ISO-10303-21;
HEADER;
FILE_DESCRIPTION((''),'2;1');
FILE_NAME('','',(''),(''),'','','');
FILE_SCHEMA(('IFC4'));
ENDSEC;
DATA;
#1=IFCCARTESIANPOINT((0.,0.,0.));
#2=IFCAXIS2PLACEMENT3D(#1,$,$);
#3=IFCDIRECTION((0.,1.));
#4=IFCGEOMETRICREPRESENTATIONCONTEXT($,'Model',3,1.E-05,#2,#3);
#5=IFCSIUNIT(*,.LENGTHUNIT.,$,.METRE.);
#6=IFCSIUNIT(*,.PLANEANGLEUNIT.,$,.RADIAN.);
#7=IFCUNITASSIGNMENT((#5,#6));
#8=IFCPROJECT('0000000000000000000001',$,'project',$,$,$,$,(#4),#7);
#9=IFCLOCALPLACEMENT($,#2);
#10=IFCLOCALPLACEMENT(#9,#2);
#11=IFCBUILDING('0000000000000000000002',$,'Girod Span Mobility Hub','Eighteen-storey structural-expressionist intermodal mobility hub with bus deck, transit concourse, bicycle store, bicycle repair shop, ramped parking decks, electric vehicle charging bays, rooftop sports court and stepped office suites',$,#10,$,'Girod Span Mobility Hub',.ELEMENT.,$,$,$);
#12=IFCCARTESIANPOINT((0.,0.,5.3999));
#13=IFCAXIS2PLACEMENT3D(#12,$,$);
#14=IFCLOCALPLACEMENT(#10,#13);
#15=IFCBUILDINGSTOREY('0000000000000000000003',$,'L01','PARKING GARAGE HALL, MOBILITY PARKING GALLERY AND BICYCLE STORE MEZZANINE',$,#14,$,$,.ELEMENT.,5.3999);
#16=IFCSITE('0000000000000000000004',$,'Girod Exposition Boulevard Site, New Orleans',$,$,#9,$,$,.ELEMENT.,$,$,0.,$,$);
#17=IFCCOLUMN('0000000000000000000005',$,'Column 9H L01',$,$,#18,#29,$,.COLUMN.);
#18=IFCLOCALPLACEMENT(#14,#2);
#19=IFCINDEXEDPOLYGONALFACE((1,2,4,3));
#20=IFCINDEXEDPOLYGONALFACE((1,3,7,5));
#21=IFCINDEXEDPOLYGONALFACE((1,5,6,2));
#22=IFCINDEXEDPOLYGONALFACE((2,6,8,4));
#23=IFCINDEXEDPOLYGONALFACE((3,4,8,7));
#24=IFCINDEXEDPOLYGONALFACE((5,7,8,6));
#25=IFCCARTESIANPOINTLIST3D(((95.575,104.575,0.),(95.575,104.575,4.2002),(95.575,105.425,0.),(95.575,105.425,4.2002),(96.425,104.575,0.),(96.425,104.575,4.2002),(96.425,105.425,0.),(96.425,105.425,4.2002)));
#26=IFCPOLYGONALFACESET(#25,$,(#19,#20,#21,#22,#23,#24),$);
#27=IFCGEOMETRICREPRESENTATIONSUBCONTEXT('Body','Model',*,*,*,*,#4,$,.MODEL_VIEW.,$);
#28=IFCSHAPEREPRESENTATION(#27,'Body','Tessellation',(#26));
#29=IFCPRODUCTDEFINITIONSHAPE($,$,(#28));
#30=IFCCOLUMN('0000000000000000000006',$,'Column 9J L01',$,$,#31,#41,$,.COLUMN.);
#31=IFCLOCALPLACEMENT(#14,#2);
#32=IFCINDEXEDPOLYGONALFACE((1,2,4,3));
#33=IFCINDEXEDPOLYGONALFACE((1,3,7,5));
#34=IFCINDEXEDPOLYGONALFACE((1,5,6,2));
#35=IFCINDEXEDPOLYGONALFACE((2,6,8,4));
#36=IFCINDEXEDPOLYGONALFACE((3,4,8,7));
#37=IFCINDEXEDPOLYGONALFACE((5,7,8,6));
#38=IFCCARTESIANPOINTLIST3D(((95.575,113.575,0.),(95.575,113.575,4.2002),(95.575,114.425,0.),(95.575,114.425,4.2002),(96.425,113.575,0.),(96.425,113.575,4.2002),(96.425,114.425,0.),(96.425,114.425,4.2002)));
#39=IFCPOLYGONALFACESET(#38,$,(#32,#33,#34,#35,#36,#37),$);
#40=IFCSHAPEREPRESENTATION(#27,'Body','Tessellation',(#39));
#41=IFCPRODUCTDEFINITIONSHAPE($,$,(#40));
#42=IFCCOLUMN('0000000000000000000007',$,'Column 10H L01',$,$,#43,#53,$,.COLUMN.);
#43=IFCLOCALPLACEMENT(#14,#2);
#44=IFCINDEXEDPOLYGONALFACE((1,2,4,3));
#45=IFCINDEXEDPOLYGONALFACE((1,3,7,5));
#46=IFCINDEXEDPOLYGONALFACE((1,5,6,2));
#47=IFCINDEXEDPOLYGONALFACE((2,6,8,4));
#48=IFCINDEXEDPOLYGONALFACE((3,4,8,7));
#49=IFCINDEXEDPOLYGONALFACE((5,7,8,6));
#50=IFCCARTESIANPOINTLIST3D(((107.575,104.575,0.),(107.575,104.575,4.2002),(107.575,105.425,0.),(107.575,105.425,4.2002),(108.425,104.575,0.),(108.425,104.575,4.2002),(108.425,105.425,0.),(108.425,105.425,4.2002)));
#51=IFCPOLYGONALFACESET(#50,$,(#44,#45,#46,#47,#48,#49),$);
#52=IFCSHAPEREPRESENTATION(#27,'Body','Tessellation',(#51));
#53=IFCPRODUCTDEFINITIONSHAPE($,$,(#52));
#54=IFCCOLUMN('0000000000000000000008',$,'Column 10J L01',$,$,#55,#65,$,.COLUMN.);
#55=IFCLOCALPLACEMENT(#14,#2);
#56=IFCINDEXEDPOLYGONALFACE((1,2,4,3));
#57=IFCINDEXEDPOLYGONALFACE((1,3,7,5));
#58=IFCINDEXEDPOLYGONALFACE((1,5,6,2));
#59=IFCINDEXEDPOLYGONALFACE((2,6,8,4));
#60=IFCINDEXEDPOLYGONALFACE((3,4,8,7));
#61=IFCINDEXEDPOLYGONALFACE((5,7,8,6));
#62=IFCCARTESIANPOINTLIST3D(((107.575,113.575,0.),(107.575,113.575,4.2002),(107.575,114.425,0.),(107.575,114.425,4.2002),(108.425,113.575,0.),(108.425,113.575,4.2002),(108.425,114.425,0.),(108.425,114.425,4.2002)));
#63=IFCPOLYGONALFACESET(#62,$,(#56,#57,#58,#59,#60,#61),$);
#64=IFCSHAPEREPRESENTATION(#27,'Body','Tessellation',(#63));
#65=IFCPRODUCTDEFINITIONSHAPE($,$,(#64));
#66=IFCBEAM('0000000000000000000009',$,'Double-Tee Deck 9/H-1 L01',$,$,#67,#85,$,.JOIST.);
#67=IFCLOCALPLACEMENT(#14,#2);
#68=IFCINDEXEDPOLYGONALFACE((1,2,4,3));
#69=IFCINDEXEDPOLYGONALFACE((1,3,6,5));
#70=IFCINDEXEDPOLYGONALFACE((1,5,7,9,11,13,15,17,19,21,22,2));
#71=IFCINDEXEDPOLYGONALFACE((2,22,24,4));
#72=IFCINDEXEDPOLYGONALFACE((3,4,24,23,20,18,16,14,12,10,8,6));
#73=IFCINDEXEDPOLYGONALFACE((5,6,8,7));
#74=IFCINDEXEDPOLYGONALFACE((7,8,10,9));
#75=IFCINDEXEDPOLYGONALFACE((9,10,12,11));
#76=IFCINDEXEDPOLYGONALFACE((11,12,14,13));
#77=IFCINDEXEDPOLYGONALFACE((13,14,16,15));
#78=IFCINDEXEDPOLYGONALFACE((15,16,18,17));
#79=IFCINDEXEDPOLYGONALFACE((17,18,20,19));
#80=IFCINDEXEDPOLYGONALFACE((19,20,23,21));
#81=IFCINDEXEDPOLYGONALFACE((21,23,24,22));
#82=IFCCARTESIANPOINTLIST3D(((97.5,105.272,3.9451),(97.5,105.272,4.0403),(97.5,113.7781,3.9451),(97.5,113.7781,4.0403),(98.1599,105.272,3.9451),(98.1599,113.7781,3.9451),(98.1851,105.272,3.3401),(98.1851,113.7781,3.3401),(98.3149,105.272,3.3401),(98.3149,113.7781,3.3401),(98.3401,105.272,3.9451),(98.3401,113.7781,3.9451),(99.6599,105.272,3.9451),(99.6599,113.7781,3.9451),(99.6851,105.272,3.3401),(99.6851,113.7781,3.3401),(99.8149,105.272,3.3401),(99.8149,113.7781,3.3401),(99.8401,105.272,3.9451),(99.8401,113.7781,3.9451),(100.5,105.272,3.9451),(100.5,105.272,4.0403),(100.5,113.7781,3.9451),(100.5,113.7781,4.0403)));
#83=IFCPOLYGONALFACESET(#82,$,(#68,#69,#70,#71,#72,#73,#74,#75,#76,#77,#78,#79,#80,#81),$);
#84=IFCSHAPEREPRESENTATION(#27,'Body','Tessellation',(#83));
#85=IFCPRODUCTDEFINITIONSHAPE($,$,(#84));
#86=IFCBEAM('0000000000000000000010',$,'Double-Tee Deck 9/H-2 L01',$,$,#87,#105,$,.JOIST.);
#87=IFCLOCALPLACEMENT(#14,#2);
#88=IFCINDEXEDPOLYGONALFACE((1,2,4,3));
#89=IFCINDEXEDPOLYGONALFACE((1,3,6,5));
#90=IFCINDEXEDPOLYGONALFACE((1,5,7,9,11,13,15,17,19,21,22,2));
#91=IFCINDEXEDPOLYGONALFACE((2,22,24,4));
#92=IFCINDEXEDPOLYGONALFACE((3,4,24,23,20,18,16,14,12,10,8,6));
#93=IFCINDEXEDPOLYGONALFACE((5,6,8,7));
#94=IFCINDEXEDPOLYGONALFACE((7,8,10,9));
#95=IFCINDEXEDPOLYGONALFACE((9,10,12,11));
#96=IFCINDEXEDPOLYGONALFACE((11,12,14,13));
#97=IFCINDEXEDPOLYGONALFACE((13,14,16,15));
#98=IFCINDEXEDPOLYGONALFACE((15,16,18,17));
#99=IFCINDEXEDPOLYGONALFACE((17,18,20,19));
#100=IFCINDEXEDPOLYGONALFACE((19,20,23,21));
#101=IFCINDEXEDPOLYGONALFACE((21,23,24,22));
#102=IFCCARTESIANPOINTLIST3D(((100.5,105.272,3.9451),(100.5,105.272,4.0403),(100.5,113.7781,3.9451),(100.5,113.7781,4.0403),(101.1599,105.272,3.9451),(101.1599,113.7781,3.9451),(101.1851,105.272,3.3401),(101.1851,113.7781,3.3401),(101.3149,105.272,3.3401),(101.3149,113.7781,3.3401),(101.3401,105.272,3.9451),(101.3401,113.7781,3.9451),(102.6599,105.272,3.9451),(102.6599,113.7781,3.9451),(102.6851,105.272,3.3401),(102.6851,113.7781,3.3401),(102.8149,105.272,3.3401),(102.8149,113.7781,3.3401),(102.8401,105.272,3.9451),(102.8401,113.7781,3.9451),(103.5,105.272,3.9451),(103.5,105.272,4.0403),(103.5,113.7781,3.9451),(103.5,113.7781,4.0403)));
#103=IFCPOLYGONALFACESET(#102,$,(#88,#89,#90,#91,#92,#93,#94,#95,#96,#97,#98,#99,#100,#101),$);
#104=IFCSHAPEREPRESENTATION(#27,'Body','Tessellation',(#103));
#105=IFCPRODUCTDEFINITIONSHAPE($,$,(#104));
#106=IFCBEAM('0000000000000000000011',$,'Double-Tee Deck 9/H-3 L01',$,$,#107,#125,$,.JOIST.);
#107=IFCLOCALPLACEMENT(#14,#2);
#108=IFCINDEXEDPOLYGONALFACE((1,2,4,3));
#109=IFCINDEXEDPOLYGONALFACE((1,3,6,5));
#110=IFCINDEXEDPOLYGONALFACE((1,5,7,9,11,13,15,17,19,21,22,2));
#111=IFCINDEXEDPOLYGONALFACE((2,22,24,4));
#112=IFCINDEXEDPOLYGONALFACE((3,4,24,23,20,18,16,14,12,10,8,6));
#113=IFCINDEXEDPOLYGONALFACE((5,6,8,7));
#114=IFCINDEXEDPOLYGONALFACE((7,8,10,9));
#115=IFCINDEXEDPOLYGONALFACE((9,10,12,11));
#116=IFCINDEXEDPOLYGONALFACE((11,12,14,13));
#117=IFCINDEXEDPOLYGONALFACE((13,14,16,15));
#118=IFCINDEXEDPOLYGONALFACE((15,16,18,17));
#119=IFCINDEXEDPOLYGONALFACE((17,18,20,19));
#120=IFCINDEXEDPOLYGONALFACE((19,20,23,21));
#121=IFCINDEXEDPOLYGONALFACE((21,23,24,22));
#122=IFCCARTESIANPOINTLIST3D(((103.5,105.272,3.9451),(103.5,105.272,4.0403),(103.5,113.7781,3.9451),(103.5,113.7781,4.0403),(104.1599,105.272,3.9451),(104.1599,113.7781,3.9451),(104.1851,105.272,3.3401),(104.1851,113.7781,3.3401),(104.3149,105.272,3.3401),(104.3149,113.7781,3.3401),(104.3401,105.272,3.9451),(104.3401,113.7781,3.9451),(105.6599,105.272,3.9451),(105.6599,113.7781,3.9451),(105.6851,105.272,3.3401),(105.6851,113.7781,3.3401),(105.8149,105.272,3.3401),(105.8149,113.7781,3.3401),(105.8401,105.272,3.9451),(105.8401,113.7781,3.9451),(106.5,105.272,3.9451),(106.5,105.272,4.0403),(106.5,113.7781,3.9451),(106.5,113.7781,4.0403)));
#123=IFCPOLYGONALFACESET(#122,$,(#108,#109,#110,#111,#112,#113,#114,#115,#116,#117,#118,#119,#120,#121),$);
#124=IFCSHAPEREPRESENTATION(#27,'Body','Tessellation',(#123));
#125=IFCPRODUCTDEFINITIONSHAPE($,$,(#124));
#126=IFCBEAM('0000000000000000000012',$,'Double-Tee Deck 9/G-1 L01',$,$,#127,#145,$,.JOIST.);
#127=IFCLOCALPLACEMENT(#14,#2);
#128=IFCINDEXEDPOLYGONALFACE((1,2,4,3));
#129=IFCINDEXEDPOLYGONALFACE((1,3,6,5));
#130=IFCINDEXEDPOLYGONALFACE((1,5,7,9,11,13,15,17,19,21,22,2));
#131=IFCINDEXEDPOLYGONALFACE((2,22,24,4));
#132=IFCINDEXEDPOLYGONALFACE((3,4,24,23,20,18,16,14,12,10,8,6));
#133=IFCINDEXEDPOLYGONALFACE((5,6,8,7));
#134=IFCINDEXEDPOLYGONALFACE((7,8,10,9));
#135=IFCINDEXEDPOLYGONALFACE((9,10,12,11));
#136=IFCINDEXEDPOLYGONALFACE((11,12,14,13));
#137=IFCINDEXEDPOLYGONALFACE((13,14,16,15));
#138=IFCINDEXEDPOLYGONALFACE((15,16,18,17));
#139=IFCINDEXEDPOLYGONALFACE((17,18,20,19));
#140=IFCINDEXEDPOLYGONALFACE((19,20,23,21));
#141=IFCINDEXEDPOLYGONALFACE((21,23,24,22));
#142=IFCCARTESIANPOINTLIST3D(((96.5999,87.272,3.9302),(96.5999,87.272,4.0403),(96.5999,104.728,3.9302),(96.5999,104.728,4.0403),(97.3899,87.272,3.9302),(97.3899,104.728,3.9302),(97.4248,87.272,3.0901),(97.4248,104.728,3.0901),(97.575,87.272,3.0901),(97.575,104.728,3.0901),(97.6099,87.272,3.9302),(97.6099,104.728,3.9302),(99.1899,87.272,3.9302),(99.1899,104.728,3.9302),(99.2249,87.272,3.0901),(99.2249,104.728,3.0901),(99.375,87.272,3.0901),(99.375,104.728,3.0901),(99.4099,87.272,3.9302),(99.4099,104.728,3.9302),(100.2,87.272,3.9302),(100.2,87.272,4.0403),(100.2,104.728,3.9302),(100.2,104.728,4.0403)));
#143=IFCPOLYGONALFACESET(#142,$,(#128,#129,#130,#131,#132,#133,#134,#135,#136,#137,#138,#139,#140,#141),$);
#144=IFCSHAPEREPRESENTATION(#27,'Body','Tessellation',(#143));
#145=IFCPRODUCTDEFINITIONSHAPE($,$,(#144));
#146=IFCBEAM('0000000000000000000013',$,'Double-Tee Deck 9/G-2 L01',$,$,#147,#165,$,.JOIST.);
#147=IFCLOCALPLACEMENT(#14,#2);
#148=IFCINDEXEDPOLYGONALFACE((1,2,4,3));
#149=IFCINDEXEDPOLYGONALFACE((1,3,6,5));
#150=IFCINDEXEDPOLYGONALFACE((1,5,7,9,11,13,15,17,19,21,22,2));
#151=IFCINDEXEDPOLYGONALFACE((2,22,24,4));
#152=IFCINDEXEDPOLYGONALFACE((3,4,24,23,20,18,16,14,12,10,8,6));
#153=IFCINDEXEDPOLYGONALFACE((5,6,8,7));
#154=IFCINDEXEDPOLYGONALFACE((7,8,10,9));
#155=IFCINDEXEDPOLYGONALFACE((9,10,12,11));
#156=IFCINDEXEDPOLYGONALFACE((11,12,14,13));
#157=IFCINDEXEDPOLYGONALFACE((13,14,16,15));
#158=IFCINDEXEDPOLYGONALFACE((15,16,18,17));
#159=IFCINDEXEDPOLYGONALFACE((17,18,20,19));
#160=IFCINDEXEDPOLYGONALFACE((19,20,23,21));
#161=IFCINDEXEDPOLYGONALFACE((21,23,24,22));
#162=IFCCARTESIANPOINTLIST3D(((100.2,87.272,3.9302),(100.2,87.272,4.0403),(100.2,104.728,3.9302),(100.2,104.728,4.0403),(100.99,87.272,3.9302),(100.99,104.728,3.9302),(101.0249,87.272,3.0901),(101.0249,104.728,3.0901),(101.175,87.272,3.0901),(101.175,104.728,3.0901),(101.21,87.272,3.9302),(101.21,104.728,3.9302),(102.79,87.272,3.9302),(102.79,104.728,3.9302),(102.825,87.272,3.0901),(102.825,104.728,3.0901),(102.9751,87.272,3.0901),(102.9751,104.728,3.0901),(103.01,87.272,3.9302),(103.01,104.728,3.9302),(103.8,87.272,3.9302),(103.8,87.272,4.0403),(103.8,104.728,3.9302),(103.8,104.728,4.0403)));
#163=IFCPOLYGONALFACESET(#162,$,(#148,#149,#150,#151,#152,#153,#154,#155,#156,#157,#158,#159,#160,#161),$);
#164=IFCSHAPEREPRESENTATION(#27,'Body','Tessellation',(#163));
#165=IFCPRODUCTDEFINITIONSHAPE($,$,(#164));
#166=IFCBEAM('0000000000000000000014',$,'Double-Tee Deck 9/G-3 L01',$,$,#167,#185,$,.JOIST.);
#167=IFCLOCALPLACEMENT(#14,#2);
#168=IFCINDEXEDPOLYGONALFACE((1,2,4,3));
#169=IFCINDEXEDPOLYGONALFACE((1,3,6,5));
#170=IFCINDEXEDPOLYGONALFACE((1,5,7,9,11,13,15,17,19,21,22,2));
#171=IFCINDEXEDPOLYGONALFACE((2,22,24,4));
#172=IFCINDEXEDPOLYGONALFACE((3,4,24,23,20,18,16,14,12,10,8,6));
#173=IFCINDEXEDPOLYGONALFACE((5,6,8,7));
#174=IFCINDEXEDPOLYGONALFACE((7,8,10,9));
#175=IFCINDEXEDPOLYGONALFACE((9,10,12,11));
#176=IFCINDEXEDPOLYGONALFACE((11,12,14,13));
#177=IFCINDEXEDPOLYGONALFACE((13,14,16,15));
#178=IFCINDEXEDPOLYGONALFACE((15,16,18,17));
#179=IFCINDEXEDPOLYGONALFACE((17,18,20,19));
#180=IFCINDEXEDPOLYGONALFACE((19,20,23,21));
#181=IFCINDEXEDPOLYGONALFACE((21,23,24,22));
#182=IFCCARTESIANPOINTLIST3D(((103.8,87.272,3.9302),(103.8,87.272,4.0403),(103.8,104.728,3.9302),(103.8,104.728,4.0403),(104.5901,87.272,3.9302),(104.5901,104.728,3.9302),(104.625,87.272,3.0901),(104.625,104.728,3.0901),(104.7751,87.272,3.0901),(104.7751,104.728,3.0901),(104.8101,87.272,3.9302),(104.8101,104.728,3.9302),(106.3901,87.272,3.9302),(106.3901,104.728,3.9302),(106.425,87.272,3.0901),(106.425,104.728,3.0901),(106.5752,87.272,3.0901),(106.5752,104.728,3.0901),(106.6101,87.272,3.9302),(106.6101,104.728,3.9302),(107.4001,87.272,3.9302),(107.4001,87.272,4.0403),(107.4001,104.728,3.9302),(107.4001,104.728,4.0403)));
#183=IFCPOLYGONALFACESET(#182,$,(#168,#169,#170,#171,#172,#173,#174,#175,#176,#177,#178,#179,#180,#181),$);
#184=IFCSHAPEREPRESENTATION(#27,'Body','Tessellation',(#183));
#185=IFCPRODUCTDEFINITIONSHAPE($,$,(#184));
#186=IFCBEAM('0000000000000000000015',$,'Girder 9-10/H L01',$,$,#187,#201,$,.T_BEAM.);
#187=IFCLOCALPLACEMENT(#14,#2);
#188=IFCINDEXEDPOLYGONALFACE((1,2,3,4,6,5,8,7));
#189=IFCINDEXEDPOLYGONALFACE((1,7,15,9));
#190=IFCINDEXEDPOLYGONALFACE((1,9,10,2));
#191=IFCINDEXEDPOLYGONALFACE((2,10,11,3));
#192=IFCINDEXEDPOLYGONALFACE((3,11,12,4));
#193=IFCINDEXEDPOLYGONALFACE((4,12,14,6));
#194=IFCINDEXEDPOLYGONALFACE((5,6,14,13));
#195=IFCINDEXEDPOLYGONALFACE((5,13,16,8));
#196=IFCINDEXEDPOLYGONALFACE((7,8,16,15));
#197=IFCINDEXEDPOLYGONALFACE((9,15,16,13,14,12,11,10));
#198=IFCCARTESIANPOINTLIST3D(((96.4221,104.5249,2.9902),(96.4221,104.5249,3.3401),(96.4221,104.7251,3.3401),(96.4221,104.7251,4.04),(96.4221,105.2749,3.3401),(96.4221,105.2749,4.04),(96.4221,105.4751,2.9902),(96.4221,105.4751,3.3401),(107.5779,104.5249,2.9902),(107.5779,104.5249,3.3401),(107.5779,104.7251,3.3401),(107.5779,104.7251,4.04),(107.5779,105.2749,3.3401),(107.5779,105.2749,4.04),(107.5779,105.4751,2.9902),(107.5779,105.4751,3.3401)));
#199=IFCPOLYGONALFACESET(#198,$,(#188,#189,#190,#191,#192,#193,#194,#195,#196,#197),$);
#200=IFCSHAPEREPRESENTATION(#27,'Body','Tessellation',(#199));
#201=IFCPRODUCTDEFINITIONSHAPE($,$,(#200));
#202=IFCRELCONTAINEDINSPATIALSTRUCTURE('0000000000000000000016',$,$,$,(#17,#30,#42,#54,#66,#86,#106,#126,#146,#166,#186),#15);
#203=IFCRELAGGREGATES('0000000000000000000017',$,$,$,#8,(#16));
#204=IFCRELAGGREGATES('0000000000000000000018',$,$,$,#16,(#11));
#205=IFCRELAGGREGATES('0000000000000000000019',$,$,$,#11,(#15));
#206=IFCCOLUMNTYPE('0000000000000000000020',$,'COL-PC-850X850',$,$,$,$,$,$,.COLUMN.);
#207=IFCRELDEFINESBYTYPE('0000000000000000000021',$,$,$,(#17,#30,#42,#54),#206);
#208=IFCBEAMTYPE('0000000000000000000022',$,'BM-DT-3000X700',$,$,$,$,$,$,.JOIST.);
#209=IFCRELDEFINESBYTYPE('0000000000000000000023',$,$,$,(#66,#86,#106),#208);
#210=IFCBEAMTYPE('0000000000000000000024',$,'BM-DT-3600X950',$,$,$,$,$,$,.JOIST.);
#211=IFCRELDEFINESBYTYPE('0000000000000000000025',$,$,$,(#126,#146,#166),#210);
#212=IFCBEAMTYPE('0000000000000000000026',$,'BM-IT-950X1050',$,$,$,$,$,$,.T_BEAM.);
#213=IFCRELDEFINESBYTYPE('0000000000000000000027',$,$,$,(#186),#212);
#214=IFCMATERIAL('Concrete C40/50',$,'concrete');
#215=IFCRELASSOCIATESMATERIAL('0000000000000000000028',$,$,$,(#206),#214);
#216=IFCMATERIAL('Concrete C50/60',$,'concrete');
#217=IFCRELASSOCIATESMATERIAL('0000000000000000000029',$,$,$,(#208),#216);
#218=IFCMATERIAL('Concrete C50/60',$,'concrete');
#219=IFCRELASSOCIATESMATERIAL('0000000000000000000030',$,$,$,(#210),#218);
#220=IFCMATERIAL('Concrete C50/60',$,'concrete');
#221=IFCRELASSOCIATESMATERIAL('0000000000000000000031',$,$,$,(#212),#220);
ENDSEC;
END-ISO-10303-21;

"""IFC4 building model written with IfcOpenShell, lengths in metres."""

from ifc_helpers import new_model, si_unit, direction, frame, origin, origin_2d, place, context, subcontext, project, spatial, polyline, rectangle, outline, extrude, material, material_profile, profile_set, type_object, element, save


model = new_model("IFC4")

# Units and contexts
model_context = context("Model", 3, precision=1e-05, world=origin(), true_north=direction((0.0, 1.0)))
body_context = subcontext(model_context, "Body", "Model", "MODEL_VIEW")
ifc_project = project(units=[si_unit("LENGTHUNIT", "METRE"), si_unit("PLANEANGLEUNIT", "RADIAN")], contexts=[model_context])

# Site, building, storey
site_placement = place(None, origin())
site = spatial("IfcSite", under=ifc_project, at=site_placement, Name="Girod Exposition Boulevard Site, New Orleans", CompositionType="ELEMENT", RefElevation=0.0)
building_placement = place(site_placement, origin())
building = spatial("IfcBuilding", under=site, at=building_placement, Name="Girod Span Mobility Hub", Description="Eighteen-storey structural-expressionist intermodal mobility hub with bus deck, transit concourse, bicycle store, bicycle repair shop, ramped parking decks, electric vehicle charging bays, rooftop sports court and stepped office suites", LongName="Girod Span Mobility Hub", CompositionType="ELEMENT")
storey_placement = place(building_placement, frame((0.0, 0.0, 5.3999)))
storey = spatial("IfcBuildingStorey", under=building, at=storey_placement, Name="L01", Description="PARKING GARAGE HALL, MOBILITY PARKING GALLERY AND BICYCLE STORE MEZZANINE", CompositionType="ELEMENT", Elevation=5.3999)

# Columns
ifc_material_1 = material(Name="Concrete C40/50", Category="concrete")
ifc_material_profile_1 = material_profile(ifc_material_1, rectangle(XDim=0.8501, YDim=0.8501, at=origin_2d()), Name="PC-COL-850X850")
ifc_profile_set_1 = profile_set([ifc_material_profile_1], Name="Concrete C40/50")
column_type = type_object("IfcColumnType", Name="COL-PC-850X850", PredefinedType="COLUMN", material=ifc_profile_set_1)
for number, where, z_axis, x_axis, name in (
    (1, (96.0, 105.0, 0.0), (0.0, 0.0, 1.0), (1.0, 0.0, 0.0), "Column 9H L01"),
    (2, (96.0, 114.0, 0.0), (0.0, 0.0, 1.0), (1.0, 0.0, 0.0), "Column 9J L01"),
    (3, (108.0, 105.0, 0.0), (0.0, 0.0, 1.0), (1.0, 0.0, 0.0), "Column 10H L01"),
    (4, (108.0, 114.0, 0.0), (0.0, 0.0, 1.0), (1.0, 0.0, 0.0), "Column 10J L01"),
):
    element("IfcColumn", number, at=place(storey_placement, frame(where, z_axis=z_axis, x_axis=x_axis)), inside=storey, type_object=column_type, Name=name, PredefinedType="COLUMN", context=body_context, shape_type="SweptSolid", body=[
        extrude(rectangle(XDim=0.8501, YDim=0.8501, at=origin_2d()), origin(), (0.0, 0.0, 1.0), 4.2002),
    ])

# Beams
ifc_material_2 = material(Name="Concrete C50/60", Category="concrete")
ifc_material_profile_2 = material_profile(ifc_material_2, outline(polyline([(-1.5, 0.3501), (-1.5, 0.2549), (-0.8401, 0.2549), (-0.8149, -0.3501), (-0.6851, -0.3501), (-0.6599, 0.2549), (0.6599, 0.2549), (0.6851, -0.3501), (0.8149, -0.3501), (0.8401, 0.2549), (1.5, 0.2549), (1.5, 0.3501), (-1.5, 0.3501)])), Name="DT-3000X700")
ifc_profile_set_2 = profile_set([ifc_material_profile_2], Name="Concrete C50/60")
beam_type_1 = type_object("IfcBeamType", Name="BM-DT-3000X700", PredefinedType="JOIST", material=ifc_profile_set_2)
for number, where, z_axis, x_axis, name in (
    (5, (99.0, 105.272, 3.6902), (0.0, 1.0, 0.0), (-1.0, 0.0, 0.0), "Double-Tee Deck 9/H-1 L01"),
    (6, (102.0, 105.272, 3.6902), (0.0, 1.0, 0.0), (-1.0, 0.0, 0.0), "Double-Tee Deck 9/H-2 L01"),
    (7, (105.0, 105.272, 3.6902), (0.0, 1.0, 0.0), (-1.0, 0.0, 0.0), "Double-Tee Deck 9/H-3 L01"),
):
    element("IfcBeam", number, at=place(storey_placement, frame(where, z_axis=z_axis, x_axis=x_axis)), inside=storey, type_object=beam_type_1, Name=name, PredefinedType="JOIST", context=body_context, shape_type="SweptSolid", body=[
        extrude(outline(polyline([(-1.5, 0.3501), (-1.5, 0.2549), (-0.8401, 0.2549), (-0.8149, -0.3501), (-0.6851, -0.3501), (-0.6599, 0.2549), (0.6599, 0.2549), (0.6851, -0.3501), (0.8149, -0.3501), (0.8401, 0.2549), (1.5, 0.2549), (1.5, 0.3501), (-1.5, 0.3501)])), origin(), (0.0, 0.0, 1.0), 8.5061),
    ])
ifc_material_3 = material(Name="Concrete C50/60", Category="concrete")
ifc_material_profile_3 = material_profile(ifc_material_3, outline(polyline([(-1.8, 0.4751), (-1.8, 0.365), (-1.01, 0.365), (-0.9751, -0.4751), (-0.825, -0.4751), (-0.79, 0.365), (0.79, 0.365), (0.825, -0.4751), (0.9751, -0.4751), (1.01, 0.365), (1.8, 0.365), (1.8, 0.4751), (-1.8, 0.4751)])), Name="DT-3600X950")
ifc_profile_set_3 = profile_set([ifc_material_profile_3], Name="Concrete C50/60")
beam_type_2 = type_object("IfcBeamType", Name="BM-DT-3600X950", PredefinedType="JOIST", material=ifc_profile_set_3)
for number, where, z_axis, x_axis, name in (
    (8, (98.3999, 87.272, 3.5652), (0.0, 1.0, 0.0), (-1.0, 0.0, 0.0), "Double-Tee Deck 9/G-1 L01"),
    (9, (102.0, 87.272, 3.5652), (0.0, 1.0, 0.0), (-1.0, 0.0, 0.0), "Double-Tee Deck 9/G-2 L01"),
    (10, (105.6001, 87.272, 3.5652), (0.0, 1.0, 0.0), (-1.0, 0.0, 0.0), "Double-Tee Deck 9/G-3 L01"),
):
    element("IfcBeam", number, at=place(storey_placement, frame(where, z_axis=z_axis, x_axis=x_axis)), inside=storey, type_object=beam_type_2, Name=name, PredefinedType="JOIST", context=body_context, shape_type="SweptSolid", body=[
        extrude(outline(polyline([(-1.8, 0.4751), (-1.8, 0.365), (-1.01, 0.365), (-0.9751, -0.4751), (-0.825, -0.4751), (-0.79, 0.365), (0.79, 0.365), (0.825, -0.4751), (0.9751, -0.4751), (1.01, 0.365), (1.8, 0.365), (1.8, 0.4751), (-1.8, 0.4751)])), origin(), (0.0, 0.0, 1.0), 17.4561),
    ])
ifc_material_4 = material(Name="Concrete C50/60", Category="concrete")
ifc_material_profile_4 = material_profile(ifc_material_4, outline(polyline([(-0.4751, -0.5249), (0.4751, -0.5249), (0.4751, -0.175), (0.2749, -0.175), (0.2749, 0.5249), (-0.2749, 0.5249), (-0.2749, -0.175), (-0.4751, -0.175), (-0.4751, -0.5249)])), Name="IT-950X1050")
ifc_profile_set_4 = profile_set([ifc_material_profile_4], Name="Concrete C50/60")
beam_type_3 = type_object("IfcBeamType", Name="BM-IT-950X1050", PredefinedType="T_BEAM", material=ifc_profile_set_4)
beam_1_placement = place(storey_placement, frame((96.4221, 105.0, 3.5151), z_axis=(1.0, 0.0, 0.0), x_axis=(0.0, 1.0, 0.0)))
element("IfcBeam", 11, at=beam_1_placement, inside=storey, type_object=beam_type_3, Name="Girder 9-10/H L01", PredefinedType="T_BEAM", context=body_context, shape_type="SweptSolid", body=[
    extrude(outline(polyline([(-0.4751, -0.5249), (0.4751, -0.5249), (0.4751, -0.175), (0.2749, -0.175), (0.2749, 0.5249), (-0.2749, 0.5249), (-0.2749, -0.175), (-0.4751, -0.175), (-0.4751, -0.5249)])), origin(), (0.0, 0.0, 1.0), 11.1558),
])

save(model, "model.ifc")
